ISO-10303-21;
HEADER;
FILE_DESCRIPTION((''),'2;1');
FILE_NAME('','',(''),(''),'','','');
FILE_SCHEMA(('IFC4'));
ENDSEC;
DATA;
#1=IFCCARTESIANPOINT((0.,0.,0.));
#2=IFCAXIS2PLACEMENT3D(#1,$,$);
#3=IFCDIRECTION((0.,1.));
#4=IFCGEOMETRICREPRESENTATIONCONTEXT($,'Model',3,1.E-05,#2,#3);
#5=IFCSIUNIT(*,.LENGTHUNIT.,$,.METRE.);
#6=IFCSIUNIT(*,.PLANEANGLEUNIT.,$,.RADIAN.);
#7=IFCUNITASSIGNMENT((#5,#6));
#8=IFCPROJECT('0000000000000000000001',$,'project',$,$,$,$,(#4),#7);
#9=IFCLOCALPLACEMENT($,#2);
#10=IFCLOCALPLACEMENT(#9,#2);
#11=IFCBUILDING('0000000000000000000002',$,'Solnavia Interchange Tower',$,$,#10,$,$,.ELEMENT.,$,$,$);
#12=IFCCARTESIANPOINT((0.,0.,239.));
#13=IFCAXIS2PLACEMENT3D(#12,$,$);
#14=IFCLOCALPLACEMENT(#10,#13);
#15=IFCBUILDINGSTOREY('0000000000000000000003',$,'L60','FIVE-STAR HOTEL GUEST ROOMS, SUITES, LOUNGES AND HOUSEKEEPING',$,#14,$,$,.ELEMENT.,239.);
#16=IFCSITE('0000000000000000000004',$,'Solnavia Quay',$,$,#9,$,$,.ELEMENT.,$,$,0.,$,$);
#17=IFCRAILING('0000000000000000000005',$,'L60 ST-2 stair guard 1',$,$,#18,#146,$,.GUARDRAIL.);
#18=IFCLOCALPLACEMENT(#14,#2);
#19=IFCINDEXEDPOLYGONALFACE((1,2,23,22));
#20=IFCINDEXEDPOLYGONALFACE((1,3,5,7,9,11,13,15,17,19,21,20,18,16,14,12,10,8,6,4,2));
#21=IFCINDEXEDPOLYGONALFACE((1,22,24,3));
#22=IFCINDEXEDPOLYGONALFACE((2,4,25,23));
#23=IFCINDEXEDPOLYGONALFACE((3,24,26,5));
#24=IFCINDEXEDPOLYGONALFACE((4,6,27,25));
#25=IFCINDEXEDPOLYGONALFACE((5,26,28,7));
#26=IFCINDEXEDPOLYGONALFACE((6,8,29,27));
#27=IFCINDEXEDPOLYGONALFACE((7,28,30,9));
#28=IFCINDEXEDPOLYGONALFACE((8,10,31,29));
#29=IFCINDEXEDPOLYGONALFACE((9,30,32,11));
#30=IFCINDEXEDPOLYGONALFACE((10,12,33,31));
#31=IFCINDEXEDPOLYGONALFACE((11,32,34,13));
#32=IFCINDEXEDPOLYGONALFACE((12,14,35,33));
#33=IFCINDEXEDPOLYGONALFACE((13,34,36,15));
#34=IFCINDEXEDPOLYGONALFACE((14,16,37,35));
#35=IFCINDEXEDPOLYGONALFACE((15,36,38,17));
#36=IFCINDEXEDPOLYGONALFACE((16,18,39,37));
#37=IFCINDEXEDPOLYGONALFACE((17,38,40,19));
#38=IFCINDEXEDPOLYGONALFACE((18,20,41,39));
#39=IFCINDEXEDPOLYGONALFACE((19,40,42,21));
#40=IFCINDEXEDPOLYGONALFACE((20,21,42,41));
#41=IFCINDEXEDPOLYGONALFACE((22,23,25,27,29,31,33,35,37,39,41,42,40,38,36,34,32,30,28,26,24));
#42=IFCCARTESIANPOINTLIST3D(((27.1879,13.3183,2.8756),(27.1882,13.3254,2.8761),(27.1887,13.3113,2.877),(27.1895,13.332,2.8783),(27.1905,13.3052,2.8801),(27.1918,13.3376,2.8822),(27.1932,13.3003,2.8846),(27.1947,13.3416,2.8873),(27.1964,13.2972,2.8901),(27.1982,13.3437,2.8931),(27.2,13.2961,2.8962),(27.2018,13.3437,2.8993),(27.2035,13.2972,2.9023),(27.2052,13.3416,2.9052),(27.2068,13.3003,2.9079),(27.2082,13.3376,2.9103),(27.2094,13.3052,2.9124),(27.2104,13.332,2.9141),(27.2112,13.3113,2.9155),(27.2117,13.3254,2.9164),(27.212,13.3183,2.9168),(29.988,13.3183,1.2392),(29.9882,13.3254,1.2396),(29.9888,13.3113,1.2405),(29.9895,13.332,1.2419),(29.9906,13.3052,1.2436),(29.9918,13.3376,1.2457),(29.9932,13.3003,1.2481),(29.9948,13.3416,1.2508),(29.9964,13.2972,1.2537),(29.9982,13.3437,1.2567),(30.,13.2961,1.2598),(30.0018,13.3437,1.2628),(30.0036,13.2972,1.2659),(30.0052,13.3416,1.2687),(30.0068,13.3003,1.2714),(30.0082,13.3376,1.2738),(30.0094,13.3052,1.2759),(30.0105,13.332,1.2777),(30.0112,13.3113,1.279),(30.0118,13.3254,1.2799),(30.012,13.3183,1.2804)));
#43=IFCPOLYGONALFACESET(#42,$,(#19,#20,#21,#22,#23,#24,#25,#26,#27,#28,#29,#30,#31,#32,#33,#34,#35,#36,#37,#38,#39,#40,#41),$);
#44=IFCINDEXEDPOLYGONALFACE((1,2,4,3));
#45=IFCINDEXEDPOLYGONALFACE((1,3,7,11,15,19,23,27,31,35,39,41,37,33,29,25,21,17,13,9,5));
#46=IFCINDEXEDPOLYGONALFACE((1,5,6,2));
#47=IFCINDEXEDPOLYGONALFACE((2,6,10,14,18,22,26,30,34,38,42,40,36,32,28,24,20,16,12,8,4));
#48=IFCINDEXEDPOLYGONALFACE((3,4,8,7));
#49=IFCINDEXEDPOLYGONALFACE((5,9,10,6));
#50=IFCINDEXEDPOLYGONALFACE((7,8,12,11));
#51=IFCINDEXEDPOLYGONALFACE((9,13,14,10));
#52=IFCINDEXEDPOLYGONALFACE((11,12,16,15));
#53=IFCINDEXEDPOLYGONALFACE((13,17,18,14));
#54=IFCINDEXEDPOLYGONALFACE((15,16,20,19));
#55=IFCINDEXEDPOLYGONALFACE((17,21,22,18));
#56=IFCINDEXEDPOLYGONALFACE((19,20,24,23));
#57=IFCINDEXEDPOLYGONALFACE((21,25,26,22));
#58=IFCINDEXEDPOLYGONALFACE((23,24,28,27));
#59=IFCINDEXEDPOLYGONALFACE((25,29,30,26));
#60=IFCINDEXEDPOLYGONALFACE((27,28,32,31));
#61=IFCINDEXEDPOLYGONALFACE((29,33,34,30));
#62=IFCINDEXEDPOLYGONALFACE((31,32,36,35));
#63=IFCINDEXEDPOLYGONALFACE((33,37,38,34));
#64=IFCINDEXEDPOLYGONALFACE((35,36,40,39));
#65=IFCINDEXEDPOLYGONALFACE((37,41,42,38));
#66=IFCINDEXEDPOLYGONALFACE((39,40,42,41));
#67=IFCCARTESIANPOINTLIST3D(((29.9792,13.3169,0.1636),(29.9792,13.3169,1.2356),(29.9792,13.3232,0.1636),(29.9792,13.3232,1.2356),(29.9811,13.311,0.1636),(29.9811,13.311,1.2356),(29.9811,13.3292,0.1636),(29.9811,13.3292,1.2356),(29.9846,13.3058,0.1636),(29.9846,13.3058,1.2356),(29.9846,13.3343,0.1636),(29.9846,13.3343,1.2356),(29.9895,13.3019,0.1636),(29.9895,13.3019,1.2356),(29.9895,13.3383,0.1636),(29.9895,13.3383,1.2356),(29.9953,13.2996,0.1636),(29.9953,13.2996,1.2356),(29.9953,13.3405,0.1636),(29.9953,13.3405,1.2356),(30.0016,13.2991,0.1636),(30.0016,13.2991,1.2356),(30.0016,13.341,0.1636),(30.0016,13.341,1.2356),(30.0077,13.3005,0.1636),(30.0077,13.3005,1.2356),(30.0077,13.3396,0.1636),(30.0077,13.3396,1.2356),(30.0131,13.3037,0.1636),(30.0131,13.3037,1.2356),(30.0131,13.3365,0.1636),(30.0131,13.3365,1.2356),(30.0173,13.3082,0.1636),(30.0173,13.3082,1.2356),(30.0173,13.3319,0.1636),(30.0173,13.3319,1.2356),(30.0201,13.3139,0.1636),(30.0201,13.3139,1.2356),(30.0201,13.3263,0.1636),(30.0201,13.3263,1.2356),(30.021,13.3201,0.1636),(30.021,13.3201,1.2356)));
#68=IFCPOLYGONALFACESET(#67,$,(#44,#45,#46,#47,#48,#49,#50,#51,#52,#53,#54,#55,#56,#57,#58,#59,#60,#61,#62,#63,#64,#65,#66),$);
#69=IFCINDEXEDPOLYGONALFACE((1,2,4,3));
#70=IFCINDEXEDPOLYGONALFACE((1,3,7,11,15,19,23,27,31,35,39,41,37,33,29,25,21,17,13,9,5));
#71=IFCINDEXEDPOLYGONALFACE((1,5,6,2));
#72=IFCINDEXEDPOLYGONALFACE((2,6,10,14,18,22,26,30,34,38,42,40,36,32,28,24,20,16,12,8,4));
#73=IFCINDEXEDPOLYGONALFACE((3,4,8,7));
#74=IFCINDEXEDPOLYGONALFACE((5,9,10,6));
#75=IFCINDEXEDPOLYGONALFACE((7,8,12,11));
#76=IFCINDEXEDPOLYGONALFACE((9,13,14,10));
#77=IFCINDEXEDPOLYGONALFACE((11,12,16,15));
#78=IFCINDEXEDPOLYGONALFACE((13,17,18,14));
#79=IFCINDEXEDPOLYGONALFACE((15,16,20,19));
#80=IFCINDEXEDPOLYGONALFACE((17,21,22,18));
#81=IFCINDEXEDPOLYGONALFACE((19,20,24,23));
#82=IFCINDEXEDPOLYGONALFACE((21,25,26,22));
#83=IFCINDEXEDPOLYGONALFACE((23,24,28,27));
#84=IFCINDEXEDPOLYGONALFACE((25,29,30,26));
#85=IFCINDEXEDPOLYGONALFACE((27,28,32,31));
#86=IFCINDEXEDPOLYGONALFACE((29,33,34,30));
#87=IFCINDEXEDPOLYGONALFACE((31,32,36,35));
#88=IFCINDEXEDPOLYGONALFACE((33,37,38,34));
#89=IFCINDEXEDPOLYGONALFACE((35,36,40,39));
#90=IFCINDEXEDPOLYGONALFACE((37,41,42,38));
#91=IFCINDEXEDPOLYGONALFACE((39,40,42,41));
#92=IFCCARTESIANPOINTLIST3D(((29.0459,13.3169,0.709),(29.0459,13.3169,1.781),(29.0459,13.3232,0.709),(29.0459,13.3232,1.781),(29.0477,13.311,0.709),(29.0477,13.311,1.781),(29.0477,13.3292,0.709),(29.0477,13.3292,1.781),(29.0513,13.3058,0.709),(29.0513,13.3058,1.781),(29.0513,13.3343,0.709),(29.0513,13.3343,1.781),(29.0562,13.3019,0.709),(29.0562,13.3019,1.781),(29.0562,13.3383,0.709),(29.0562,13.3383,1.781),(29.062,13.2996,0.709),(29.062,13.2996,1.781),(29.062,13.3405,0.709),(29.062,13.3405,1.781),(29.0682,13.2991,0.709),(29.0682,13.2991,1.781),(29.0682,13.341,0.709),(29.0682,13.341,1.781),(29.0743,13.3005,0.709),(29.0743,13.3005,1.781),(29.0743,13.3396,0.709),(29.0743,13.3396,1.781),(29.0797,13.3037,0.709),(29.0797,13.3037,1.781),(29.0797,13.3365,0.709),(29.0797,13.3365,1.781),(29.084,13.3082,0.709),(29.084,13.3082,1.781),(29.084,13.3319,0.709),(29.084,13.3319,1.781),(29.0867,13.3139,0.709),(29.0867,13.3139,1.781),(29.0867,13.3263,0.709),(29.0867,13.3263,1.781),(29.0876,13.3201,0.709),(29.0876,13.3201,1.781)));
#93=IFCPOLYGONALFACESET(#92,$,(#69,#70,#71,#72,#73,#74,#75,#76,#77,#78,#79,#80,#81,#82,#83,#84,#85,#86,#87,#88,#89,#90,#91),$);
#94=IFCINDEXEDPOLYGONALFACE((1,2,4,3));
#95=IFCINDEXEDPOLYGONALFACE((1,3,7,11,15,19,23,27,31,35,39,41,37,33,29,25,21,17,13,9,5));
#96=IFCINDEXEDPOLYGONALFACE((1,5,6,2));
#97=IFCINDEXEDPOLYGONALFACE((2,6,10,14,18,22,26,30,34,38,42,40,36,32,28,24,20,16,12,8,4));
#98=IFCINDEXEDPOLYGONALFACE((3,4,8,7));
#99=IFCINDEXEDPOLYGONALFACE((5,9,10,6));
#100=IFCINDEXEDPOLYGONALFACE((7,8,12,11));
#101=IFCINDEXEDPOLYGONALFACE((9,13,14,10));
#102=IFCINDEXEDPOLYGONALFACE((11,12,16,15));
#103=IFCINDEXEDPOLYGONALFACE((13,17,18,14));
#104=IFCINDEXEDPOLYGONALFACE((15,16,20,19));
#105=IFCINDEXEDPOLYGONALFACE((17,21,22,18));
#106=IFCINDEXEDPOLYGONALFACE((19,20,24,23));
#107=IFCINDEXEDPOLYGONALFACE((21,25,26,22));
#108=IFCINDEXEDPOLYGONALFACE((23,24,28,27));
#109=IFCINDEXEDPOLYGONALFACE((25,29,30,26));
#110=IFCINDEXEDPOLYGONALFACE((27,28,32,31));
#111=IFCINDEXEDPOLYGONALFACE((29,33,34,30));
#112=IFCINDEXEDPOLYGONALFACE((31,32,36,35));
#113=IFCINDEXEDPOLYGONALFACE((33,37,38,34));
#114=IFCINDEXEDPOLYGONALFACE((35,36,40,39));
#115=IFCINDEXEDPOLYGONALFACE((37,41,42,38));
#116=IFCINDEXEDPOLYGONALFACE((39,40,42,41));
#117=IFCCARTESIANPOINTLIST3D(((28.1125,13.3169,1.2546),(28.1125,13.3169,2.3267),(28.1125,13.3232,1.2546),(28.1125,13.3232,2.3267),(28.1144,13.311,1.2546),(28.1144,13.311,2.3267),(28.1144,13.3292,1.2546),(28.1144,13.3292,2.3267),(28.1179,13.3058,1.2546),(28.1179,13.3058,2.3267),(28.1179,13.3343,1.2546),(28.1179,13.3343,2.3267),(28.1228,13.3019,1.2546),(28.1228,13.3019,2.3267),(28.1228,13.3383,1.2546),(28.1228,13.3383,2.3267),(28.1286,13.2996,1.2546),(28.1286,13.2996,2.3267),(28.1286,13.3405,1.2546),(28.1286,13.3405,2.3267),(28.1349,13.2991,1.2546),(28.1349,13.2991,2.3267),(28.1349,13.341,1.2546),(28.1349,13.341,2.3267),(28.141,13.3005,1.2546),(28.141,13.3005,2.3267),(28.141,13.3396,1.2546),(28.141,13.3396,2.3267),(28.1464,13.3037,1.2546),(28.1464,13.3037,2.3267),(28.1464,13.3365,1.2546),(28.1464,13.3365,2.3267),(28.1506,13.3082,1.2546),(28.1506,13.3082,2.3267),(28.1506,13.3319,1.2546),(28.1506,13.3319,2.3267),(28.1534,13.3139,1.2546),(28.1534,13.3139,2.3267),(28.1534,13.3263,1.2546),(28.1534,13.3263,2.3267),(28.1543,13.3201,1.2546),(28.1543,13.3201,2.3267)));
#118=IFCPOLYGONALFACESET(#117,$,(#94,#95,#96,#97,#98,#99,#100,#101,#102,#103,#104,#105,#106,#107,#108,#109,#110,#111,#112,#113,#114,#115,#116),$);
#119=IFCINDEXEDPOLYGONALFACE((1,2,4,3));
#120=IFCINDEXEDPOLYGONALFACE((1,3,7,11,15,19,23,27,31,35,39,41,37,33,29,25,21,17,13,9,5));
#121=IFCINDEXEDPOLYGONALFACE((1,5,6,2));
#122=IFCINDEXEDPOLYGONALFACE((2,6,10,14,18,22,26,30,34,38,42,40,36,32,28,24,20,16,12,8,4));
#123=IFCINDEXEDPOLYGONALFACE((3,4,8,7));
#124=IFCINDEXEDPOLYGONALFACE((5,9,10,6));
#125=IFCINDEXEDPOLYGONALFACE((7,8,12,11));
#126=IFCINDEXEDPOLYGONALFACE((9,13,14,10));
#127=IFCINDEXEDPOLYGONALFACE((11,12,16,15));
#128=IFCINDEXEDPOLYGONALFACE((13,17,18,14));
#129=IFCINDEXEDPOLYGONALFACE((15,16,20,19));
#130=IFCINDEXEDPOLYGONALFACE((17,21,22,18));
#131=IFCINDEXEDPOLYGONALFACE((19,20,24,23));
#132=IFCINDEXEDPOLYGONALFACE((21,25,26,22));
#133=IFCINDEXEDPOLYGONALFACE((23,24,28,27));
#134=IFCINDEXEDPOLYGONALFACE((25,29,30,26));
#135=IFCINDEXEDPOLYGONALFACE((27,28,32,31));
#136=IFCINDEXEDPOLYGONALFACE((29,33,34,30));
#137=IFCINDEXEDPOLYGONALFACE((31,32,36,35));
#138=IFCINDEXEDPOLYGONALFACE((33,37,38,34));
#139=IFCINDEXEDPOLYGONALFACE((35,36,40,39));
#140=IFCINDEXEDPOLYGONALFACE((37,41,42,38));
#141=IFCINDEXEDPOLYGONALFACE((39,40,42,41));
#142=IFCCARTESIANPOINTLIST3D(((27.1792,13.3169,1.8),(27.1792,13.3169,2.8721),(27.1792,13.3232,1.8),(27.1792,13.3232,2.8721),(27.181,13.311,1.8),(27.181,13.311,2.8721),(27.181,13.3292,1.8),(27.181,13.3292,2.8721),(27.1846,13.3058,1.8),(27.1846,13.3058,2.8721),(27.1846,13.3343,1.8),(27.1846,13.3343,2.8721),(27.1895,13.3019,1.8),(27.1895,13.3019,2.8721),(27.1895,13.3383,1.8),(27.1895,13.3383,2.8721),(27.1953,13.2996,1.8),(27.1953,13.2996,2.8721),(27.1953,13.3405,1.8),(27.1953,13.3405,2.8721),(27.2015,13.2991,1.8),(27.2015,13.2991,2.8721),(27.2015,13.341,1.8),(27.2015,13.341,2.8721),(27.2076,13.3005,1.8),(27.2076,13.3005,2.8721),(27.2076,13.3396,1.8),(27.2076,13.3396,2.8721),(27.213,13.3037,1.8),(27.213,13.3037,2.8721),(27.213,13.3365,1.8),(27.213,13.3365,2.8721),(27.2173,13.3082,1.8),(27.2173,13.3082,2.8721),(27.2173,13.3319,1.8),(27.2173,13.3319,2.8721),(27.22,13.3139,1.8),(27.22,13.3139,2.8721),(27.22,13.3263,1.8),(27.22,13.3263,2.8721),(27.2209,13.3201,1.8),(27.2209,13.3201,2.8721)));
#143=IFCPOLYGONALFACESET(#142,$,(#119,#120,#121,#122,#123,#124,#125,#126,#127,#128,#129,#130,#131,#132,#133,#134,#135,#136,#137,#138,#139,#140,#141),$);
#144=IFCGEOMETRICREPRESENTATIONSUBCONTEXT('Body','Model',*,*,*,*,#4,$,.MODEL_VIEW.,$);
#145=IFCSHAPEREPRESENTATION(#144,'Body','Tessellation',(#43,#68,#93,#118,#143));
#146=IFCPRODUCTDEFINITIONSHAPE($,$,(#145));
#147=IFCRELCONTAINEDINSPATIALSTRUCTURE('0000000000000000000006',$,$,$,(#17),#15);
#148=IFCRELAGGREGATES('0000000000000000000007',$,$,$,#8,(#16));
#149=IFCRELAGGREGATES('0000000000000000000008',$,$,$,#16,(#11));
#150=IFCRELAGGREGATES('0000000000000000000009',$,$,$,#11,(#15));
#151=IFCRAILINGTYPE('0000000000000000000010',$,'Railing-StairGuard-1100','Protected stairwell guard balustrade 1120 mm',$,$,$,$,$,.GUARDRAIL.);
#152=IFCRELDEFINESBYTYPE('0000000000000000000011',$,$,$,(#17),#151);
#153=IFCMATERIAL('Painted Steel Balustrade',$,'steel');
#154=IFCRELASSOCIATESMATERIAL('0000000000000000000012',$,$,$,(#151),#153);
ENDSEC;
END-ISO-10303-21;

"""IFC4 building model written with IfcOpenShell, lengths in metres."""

from ifc_helpers import new_model, si_unit, direction, frame, origin, origin_2d, place, context, subcontext, project, spatial, circle, extrude, material, type_object, element, save


model = new_model("IFC4")

# Units and contexts
model_context = context("Model", 3, precision=1e-05, world=origin(), true_north=direction((0.0, 1.0)))
body_context = subcontext(model_context, "Body", "Model", "MODEL_VIEW")
ifc_project = project(units=[si_unit("LENGTHUNIT", "METRE"), si_unit("PLANEANGLEUNIT", "RADIAN")], contexts=[model_context])

# Site, building, storey
site_placement = place(None, origin())
site = spatial("IfcSite", under=ifc_project, at=site_placement, Name="Solnavia Quay", CompositionType="ELEMENT", RefElevation=0.0)
building_placement = place(site_placement, origin())
building = spatial("IfcBuilding", under=site, at=building_placement, Name="Solnavia Interchange Tower", CompositionType="ELEMENT")
storey_placement = place(building_placement, frame((0.0, 0.0, 239.0)))
storey = spatial("IfcBuildingStorey", under=building, at=storey_placement, Name="L60", Description="FIVE-STAR HOTEL GUEST ROOMS, SUITES, LOUNGES AND HOUSEKEEPING", CompositionType="ELEMENT", Elevation=239.0)

# Railing
ifc_material_1 = material(Name="Painted Steel Balustrade", Category="steel")
railing_type_1 = type_object("IfcRailingType", Name="Railing-StairGuard-1100", Description="Protected stairwell guard balustrade 1120 mm", PredefinedType="GUARDRAIL", material=ifc_material_1)
railing_1_placement = place(storey_placement, frame((30.0, 13.3201, 0.1636)))
element("IfcRailing", 1, at=railing_1_placement, inside=storey, type_object=railing_type_1, Name="L60 ST-2 stair guard 1", PredefinedType="GUARDRAIL", context=body_context, shape_type="SweptSolid", body=[
    extrude(circle(Radius=0.0239, at=origin_2d()), frame((0.0, 0.0, 1.0962), z_axis=(-0.863361, 0.0, 0.504587), x_axis=(0.0, -1.0, 0.0)), (0.0, 0.0, 1.0), 3.2432),
    extrude(circle(Radius=0.021, at=origin_2d()), origin(), (0.0, 0.0, 1.0), 1.072),
    extrude(circle(Radius=0.021, at=origin_2d()), frame((-0.9333, 0.0, 0.5454)), (0.0, 0.0, 1.0), 1.072),
    extrude(circle(Radius=0.021, at=origin_2d()), frame((-1.8667, 0.0, 1.0911)), (0.0, 0.0, 1.0), 1.072),
    extrude(circle(Radius=0.021, at=origin_2d()), frame((-2.8, 0.0, 1.6365)), (0.0, 0.0, 1.0), 1.072),
])

save(model, "model.ifc")
